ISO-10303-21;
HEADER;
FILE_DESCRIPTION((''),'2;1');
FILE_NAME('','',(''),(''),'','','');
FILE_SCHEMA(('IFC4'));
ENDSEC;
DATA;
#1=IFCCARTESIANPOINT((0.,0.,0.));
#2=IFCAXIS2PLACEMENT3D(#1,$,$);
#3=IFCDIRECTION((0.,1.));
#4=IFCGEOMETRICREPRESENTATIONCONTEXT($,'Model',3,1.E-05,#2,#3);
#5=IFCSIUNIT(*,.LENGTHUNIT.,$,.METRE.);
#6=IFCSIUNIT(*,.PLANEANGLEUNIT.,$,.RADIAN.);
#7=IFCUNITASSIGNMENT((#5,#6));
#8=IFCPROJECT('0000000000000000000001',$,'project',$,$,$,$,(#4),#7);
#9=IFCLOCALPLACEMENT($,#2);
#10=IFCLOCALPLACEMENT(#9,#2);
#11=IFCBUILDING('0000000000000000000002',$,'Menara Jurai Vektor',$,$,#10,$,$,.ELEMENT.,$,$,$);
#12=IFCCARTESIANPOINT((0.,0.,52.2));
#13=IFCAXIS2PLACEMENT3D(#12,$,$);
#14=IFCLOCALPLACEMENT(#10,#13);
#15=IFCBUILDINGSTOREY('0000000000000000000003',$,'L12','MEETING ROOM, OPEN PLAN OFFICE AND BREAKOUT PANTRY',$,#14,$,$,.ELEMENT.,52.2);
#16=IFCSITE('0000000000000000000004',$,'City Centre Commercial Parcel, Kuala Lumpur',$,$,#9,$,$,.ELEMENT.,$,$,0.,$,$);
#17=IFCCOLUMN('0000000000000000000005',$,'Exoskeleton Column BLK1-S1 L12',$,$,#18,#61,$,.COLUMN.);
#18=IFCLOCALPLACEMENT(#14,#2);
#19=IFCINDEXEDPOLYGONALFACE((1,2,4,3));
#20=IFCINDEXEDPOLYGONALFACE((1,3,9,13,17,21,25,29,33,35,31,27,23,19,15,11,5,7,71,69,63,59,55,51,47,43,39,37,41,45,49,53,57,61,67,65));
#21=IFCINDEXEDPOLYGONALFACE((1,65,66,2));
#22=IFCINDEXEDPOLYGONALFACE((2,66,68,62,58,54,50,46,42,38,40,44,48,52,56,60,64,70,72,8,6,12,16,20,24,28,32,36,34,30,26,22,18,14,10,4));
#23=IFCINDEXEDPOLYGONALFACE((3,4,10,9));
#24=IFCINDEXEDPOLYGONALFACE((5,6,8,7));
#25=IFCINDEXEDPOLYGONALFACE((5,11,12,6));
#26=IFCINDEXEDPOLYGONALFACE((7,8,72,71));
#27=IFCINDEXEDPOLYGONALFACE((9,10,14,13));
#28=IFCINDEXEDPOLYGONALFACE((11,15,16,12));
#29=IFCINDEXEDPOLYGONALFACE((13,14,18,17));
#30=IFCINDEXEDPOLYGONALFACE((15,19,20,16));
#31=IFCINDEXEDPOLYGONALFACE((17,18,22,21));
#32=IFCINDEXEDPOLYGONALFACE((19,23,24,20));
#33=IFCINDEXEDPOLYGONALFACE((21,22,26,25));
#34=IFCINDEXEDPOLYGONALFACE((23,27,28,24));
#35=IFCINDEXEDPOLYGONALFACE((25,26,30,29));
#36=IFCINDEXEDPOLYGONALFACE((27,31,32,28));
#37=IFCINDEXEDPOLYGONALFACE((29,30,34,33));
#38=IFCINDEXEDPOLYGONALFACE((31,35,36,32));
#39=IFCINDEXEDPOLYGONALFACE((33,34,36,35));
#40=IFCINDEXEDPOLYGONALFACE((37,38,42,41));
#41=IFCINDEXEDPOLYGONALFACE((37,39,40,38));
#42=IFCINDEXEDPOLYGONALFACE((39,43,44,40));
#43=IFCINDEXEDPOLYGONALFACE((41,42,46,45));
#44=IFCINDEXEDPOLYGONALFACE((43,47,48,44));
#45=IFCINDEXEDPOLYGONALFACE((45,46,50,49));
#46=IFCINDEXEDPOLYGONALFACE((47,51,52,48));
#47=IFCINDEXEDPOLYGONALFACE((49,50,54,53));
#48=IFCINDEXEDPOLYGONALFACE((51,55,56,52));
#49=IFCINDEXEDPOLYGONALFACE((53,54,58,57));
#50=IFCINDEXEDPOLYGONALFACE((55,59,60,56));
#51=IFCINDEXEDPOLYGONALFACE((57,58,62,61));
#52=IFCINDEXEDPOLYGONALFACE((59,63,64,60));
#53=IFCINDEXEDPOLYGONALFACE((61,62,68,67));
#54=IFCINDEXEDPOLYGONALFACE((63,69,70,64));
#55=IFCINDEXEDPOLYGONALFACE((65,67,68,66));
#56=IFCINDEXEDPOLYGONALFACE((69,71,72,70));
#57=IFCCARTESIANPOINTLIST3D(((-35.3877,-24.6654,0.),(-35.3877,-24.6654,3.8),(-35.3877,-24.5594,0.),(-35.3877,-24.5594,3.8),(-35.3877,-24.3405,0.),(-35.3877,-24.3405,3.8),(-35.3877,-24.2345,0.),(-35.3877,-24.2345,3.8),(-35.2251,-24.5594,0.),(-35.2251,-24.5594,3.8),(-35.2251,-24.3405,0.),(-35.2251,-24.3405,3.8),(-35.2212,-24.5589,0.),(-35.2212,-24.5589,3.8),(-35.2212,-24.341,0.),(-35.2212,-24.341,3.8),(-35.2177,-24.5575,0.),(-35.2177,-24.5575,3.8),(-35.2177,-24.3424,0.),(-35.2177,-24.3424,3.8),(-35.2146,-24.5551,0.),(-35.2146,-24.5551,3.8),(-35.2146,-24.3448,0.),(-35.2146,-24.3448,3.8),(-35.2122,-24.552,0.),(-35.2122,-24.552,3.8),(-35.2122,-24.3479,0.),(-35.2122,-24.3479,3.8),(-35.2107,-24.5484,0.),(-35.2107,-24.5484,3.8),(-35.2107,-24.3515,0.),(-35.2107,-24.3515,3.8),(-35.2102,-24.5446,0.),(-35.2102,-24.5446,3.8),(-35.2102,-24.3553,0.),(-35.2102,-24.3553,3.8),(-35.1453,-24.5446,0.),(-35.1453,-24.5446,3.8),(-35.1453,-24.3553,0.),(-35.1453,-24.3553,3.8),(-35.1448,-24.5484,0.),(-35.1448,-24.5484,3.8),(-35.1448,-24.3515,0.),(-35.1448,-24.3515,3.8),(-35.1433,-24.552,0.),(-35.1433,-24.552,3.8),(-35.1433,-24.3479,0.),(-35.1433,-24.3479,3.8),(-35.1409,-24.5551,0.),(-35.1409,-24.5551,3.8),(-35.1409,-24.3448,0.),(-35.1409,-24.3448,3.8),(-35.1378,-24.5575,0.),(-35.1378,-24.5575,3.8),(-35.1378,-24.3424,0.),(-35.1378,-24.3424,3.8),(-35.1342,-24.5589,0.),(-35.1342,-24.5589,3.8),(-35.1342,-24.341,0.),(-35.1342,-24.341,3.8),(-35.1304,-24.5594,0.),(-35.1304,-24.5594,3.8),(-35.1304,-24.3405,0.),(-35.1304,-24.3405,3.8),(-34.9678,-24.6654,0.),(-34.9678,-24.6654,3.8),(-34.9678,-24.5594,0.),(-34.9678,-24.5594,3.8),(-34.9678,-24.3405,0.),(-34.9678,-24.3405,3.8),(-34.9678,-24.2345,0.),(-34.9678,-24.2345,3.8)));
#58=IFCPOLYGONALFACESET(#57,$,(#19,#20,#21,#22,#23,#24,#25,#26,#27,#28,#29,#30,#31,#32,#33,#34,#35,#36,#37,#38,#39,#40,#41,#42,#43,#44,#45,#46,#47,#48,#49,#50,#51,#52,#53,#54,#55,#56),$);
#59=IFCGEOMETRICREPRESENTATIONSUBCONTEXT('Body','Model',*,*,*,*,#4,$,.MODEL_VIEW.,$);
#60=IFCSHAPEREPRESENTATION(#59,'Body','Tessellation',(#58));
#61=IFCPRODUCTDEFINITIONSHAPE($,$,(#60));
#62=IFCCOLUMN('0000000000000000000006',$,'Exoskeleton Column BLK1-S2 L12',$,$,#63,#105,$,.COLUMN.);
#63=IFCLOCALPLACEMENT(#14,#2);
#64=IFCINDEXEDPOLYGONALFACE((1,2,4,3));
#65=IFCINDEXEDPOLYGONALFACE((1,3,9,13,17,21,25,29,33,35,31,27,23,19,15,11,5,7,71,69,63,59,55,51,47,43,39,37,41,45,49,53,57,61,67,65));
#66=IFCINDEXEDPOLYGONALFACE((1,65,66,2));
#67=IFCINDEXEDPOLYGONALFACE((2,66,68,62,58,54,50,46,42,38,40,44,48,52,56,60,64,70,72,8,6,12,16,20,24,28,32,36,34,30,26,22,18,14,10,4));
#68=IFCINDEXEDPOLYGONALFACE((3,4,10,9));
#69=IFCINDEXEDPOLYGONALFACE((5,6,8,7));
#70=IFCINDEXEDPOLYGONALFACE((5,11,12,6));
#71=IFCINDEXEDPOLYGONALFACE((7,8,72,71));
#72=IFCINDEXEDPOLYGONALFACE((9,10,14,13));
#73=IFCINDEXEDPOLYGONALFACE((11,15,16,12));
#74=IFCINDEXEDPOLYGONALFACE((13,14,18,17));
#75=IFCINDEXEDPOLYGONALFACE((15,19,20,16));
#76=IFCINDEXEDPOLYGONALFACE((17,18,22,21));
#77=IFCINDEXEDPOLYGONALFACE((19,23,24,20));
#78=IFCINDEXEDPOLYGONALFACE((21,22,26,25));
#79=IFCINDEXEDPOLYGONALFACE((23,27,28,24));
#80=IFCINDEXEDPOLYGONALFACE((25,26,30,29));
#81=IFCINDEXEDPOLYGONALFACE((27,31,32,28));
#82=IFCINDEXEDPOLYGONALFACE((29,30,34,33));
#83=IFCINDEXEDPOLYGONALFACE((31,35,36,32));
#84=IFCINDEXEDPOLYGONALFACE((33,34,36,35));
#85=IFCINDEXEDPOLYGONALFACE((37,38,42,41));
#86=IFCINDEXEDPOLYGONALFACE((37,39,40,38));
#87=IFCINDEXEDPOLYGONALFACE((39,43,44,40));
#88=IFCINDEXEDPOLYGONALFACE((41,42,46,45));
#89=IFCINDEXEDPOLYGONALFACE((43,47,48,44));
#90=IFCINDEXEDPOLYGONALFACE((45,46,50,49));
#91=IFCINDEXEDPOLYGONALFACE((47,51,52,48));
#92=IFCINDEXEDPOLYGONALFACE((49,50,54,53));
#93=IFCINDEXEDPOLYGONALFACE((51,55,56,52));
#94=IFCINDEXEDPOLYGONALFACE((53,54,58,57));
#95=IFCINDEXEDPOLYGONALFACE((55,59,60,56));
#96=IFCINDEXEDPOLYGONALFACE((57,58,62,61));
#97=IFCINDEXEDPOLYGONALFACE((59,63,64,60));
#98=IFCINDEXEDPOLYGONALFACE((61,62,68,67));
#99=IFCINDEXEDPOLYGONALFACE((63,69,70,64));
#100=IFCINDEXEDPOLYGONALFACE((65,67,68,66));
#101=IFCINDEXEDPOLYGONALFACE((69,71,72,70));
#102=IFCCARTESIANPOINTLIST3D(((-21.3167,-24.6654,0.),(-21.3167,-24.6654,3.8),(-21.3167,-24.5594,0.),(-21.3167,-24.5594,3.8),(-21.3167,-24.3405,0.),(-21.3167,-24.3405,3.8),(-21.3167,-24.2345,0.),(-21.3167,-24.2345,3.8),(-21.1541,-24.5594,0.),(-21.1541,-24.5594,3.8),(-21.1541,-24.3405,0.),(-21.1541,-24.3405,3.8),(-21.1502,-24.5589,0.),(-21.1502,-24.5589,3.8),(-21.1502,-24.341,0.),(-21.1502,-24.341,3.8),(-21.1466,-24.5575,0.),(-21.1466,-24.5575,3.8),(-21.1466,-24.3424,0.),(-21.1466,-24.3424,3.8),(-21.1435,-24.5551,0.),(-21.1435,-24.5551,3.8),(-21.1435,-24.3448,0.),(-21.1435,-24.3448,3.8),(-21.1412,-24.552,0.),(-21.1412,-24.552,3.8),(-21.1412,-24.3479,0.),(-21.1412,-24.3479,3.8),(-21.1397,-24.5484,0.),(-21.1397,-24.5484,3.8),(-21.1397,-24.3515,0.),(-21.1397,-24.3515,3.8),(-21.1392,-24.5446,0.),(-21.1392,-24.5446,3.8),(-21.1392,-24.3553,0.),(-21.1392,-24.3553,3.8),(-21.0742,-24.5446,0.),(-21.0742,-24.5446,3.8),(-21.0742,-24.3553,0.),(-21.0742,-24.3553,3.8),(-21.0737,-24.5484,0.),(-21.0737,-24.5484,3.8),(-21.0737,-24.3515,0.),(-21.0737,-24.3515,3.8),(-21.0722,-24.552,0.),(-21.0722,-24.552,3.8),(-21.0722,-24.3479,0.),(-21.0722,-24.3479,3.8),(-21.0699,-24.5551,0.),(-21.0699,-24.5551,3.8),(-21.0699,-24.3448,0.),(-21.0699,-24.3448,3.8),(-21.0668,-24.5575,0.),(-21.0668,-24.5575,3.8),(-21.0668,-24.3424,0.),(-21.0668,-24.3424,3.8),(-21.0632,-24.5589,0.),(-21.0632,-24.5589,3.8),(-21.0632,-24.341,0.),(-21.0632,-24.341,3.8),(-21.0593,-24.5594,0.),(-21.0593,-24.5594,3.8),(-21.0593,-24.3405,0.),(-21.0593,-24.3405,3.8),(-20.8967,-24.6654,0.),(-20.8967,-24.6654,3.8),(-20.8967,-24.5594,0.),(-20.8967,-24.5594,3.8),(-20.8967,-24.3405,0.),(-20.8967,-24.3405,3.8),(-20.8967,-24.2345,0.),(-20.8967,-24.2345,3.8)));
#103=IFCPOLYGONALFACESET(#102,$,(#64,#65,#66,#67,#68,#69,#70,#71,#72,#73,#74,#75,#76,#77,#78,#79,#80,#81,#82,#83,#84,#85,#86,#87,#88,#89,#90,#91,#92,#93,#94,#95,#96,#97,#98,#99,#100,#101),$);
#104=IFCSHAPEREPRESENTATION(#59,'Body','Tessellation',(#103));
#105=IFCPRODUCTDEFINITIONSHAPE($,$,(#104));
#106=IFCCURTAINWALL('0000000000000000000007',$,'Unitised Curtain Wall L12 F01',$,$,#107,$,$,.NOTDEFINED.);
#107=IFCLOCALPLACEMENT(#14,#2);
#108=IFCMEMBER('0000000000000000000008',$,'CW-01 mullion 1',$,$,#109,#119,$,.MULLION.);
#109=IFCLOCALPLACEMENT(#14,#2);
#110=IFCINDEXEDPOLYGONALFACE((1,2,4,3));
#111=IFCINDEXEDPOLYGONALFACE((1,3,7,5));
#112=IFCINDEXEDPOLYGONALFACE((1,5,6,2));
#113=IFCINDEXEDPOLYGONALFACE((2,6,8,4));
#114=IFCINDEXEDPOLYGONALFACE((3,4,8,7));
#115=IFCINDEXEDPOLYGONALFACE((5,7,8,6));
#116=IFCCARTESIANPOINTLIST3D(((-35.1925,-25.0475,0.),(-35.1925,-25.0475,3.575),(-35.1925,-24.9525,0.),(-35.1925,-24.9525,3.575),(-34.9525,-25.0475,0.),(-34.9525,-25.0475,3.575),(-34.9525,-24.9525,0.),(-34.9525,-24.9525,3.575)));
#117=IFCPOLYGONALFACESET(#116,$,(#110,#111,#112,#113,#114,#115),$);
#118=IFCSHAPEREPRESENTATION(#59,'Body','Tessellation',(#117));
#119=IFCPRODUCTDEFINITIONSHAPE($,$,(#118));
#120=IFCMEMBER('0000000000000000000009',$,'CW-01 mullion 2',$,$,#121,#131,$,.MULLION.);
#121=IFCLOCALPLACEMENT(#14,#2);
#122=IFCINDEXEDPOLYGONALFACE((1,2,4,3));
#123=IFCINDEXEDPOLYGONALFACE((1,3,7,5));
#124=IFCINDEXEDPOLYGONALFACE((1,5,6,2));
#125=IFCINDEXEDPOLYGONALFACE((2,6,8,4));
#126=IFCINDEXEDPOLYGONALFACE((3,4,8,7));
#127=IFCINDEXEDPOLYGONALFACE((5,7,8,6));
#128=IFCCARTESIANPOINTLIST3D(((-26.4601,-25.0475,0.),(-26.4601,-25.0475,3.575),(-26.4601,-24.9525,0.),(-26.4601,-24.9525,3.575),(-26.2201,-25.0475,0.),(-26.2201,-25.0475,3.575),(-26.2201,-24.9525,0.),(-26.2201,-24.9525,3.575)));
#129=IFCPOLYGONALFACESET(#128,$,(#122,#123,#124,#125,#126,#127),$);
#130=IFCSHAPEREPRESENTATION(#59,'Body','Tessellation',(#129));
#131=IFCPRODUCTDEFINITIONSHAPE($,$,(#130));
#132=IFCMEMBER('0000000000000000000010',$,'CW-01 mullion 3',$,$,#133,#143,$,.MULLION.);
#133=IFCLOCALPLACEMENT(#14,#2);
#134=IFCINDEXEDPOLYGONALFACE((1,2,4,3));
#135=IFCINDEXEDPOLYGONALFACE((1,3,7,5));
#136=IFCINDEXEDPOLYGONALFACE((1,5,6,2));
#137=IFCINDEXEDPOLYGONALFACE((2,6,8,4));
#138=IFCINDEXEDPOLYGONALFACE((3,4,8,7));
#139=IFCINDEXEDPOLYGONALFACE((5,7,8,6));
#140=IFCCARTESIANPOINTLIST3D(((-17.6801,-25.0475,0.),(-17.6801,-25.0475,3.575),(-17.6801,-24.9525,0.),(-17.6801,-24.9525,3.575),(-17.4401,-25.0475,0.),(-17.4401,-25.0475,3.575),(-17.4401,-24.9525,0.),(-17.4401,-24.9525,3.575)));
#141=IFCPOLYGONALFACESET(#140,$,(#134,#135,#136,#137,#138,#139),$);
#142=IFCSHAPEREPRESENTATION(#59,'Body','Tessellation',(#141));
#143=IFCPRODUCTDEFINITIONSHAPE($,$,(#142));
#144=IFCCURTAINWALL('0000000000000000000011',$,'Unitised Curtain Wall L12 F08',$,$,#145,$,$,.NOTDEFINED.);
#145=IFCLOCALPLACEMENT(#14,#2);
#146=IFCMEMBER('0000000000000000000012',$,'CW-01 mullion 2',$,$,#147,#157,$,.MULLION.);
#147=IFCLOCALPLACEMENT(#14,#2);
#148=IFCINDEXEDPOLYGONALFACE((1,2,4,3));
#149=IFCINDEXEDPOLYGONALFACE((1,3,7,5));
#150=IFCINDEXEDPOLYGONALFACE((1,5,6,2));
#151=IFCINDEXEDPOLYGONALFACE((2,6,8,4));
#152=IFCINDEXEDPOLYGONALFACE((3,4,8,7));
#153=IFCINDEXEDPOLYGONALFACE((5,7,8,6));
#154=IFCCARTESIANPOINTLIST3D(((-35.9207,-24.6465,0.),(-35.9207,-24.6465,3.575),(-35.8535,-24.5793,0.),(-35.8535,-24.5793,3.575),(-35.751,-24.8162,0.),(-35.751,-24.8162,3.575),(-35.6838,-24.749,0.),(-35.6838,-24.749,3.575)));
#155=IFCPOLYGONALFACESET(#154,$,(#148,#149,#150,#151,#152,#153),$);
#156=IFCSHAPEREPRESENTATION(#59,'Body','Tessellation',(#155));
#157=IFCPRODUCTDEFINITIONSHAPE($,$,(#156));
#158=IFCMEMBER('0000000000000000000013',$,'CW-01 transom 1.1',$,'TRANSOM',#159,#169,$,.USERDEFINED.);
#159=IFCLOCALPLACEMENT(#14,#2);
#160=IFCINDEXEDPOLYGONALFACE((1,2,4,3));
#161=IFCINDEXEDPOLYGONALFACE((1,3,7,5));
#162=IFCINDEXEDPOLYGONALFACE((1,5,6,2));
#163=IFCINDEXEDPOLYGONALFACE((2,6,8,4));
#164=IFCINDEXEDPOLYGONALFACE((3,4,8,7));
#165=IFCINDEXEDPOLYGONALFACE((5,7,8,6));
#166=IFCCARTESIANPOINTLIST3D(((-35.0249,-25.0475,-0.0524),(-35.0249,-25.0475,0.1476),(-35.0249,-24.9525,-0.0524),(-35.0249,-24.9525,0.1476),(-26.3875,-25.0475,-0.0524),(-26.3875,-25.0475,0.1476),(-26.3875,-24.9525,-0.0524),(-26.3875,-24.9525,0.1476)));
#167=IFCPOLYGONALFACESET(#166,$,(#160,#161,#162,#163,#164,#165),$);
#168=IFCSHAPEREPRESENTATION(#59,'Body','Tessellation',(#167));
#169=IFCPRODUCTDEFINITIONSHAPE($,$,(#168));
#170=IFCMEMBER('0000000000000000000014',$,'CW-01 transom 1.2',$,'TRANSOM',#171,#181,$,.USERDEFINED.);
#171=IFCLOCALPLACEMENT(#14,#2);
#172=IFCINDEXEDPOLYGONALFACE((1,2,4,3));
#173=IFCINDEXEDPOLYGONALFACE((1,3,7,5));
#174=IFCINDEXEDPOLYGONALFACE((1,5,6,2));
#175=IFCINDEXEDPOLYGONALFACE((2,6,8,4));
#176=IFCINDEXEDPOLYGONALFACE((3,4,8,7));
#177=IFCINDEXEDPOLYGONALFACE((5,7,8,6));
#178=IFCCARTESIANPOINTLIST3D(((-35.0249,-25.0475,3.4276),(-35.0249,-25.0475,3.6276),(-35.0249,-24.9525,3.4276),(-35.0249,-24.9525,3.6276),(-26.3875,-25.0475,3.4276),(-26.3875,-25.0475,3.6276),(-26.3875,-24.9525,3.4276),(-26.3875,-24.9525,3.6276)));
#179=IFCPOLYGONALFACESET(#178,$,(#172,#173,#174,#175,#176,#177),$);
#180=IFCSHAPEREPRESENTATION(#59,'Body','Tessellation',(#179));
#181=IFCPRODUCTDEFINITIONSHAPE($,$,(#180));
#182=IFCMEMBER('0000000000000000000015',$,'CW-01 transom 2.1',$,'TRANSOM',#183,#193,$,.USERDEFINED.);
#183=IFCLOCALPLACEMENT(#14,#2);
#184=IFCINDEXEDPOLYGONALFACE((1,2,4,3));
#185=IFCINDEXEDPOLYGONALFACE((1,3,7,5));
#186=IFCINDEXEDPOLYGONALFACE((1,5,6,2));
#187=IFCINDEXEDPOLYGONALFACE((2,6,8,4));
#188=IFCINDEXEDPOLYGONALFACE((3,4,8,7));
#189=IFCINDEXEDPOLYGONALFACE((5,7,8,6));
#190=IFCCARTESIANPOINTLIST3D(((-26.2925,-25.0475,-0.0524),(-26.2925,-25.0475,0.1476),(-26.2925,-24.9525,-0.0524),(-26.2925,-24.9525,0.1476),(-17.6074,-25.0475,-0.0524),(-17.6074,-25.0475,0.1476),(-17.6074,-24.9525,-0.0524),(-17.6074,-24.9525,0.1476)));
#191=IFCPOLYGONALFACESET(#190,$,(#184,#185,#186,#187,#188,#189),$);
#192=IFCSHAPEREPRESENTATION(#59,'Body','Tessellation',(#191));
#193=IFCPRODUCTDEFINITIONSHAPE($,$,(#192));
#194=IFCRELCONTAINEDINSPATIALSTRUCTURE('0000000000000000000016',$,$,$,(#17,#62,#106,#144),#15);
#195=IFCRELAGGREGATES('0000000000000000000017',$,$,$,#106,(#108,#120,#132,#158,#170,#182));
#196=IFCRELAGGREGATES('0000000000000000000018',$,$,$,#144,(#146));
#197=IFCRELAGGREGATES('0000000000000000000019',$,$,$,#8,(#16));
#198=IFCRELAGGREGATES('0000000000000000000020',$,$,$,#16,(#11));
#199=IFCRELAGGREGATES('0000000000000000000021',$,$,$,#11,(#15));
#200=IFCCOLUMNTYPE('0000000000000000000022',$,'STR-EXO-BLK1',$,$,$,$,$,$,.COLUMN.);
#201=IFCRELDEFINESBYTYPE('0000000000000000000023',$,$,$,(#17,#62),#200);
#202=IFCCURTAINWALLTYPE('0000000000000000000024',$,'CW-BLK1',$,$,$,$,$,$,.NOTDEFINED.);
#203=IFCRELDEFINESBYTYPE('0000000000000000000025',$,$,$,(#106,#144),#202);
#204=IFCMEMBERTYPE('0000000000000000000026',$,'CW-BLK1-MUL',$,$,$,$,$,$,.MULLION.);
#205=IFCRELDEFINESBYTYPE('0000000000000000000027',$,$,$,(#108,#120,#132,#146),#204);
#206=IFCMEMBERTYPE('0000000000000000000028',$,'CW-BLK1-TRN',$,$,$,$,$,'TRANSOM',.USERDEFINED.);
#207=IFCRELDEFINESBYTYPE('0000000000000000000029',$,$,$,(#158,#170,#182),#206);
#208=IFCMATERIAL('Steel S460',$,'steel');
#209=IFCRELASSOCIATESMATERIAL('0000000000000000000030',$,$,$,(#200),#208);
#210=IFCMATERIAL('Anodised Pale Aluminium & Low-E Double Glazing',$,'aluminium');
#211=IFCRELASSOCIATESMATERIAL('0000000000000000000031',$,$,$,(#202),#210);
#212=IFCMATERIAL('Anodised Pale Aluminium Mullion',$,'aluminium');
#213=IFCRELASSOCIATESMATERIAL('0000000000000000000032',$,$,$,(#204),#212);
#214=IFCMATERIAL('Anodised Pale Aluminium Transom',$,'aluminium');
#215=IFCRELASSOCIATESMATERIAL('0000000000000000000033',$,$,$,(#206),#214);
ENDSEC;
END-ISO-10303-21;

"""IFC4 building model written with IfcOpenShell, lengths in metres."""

from ifc_helpers import new_model, si_unit, direction, frame, origin, origin_2d, place, context, subcontext, project, spatial, rectangle, i_section, extrude, material, material_profile, profile_set, type_object, element, aggregate, save


model = new_model("IFC4")

# Units and contexts
model_context = context("Model", 3, precision=1e-05, world=origin(), true_north=direction((0.0, 1.0)))
body_context = subcontext(model_context, "Body", "Model", "MODEL_VIEW")
ifc_project = project(units=[si_unit("LENGTHUNIT", "METRE"), si_unit("PLANEANGLEUNIT", "RADIAN")], contexts=[model_context])

# Site, building, storey
site_placement = place(None, origin())
site = spatial("IfcSite", under=ifc_project, at=site_placement, Name="City Centre Commercial Parcel, Kuala Lumpur", CompositionType="ELEMENT", RefElevation=0.0)
building_placement = place(site_placement, origin())
building = spatial("IfcBuilding", under=site, at=building_placement, Name="Menara Jurai Vektor", CompositionType="ELEMENT")
storey_placement = place(building_placement, frame((0.0, 0.0, 52.2)))
storey = spatial("IfcBuildingStorey", under=building, at=storey_placement, Name="L12", Description="MEETING ROOM, OPEN PLAN OFFICE AND BREAKOUT PANTRY", CompositionType="ELEMENT", Elevation=52.2)

# Columns
ifc_material_1 = material(Name="Steel S460", Category="steel")
ifc_material_profile_1 = material_profile(ifc_material_1, i_section(OverallWidth=0.4199, OverallDepth=0.4309, WebThickness=0.0649, FlangeThickness=0.106, FilletRadius=0.0149, at=origin_2d()), Name="HD 400x900")
ifc_profile_set_1 = profile_set([ifc_material_profile_1], Name="Steel S460")
column_type = type_object("IfcColumnType", Name="STR-EXO-BLK1", PredefinedType="COLUMN", material=ifc_profile_set_1)
for number, where, z_axis, x_axis, name in (
    (1, (-35.1777, -24.45, 0.0), (0.0, 0.0, 1.0), (1.0, 0.0, 0.0), "Exoskeleton Column BLK1-S1 L12"),
    (2, (-21.1067, -24.45, 0.0), (0.0, 0.0, 1.0), (1.0, 0.0, 0.0), "Exoskeleton Column BLK1-S2 L12"),
):
    element("IfcColumn", number, at=place(storey_placement, frame(where, z_axis=z_axis, x_axis=x_axis)), inside=storey, type_object=column_type, Name=name, PredefinedType="COLUMN", context=body_context, shape_type="SweptSolid", body=[
        extrude(i_section(OverallWidth=0.4199, OverallDepth=0.4309, WebThickness=0.0649, FlangeThickness=0.106, FilletRadius=0.0149, at=origin_2d()), origin(), (0.0, 0.0, 1.0), 3.8),
    ])

# Curtain wall, members
ifc_material_2 = material(Name="Anodised Pale Aluminium & Low-E Double Glazing", Category="aluminium")
curtain_wall_type = type_object("IfcCurtainWallType", Name="CW-BLK1", PredefinedType="NOTDEFINED", material=ifc_material_2)
curtain_wall_1_placement = place(storey_placement, origin())
curtain_wall_1 = element("IfcCurtainWall", 3, at=curtain_wall_1_placement, inside=storey, type_object=curtain_wall_type, Name="Unitised Curtain Wall L12 F01", PredefinedType="NOTDEFINED")
ifc_material_3 = material(Name="Anodised Pale Aluminium Mullion", Category="aluminium")
ifc_material_profile_2 = material_profile(ifc_material_3, rectangle(XDim=0.095, YDim=0.24, at=origin_2d()), Name="ALU MUL 95x240")
ifc_profile_set_2 = profile_set([ifc_material_profile_2], Name="Anodised Pale Aluminium Mullion")
member_type_1 = type_object("IfcMemberType", Name="CW-BLK1-MUL", PredefinedType="MULLION", material=ifc_profile_set_2)
member_1_placement = place(storey_placement, frame((-35.0725, -25.0, 0.0), z_axis=(0.0, 0.0, 1.0), x_axis=(0.0, 1.0, 0.0)))
member_1 = element("IfcMember", 4, at=member_1_placement, type_object=member_type_1, Name="CW-01 mullion 1", PredefinedType="MULLION", context=body_context, shape_type="SweptSolid", body=[
    extrude(rectangle(XDim=0.095, YDim=0.24, at=origin_2d()), origin(), (0.0, 0.0, 1.0), 3.575),
])
member_2_placement = place(storey_placement, frame((-26.3401, -25.0, 0.0), z_axis=(0.0, 0.0, 1.0), x_axis=(0.0, 1.0, 0.0)))
member_2 = element("IfcMember", 5, at=member_2_placement, type_object=member_type_1, Name="CW-01 mullion 2", PredefinedType="MULLION", context=body_context, shape_type="SweptSolid", body=[
    extrude(rectangle(XDim=0.095, YDim=0.24, at=origin_2d()), origin(), (0.0, 0.0, 1.0), 3.575),
])
member_3_placement = place(storey_placement, frame((-17.5601, -25.0, 0.0), z_axis=(0.0, 0.0, 1.0), x_axis=(0.0, 1.0, 0.0)))
member_3 = element("IfcMember", 6, at=member_3_placement, type_object=member_type_1, Name="CW-01 mullion 3", PredefinedType="MULLION", context=body_context, shape_type="SweptSolid", body=[
    extrude(rectangle(XDim=0.095, YDim=0.24, at=origin_2d()), origin(), (0.0, 0.0, 1.0), 3.575),
])

# Curtain wall, member
curtain_wall_2_placement = place(storey_placement, origin())
curtain_wall_2 = element("IfcCurtainWall", 7, at=curtain_wall_2_placement, inside=storey, type_object=curtain_wall_type, Name="Unitised Curtain Wall L12 F08", PredefinedType="NOTDEFINED")
member_4_placement = place(storey_placement, frame((-35.8022, -24.6978, 0.0), z_axis=(0.0, 0.0, 1.0), x_axis=(0.707107, 0.707107, 0.0)))
member_4 = element("IfcMember", 8, at=member_4_placement, type_object=member_type_1, Name="CW-01 mullion 2", PredefinedType="MULLION", context=body_context, shape_type="SweptSolid", body=[
    extrude(rectangle(XDim=0.095, YDim=0.24, at=origin_2d()), origin(), (0.0, 0.0, 1.0), 3.575),
])

# Members
ifc_material_4 = material(Name="Anodised Pale Aluminium Transom", Category="aluminium")
ifc_material_profile_3 = material_profile(ifc_material_4, rectangle(XDim=0.095, YDim=0.2, at=origin_2d()), Name="ALU TRN 95x200")
ifc_profile_set_3 = profile_set([ifc_material_profile_3], Name="Anodised Pale Aluminium Transom")
member_type_2 = type_object("IfcMemberType", Name="CW-BLK1-TRN", ElementType="TRANSOM", PredefinedType="USERDEFINED", material=ifc_profile_set_3)
member_5_placement = place(storey_placement, frame((-35.0249, -25.0, 0.0476), z_axis=(1.0, 0.0, 0.0), x_axis=(0.0, 1.0, 0.0)))
member_5 = element("IfcMember", 9, at=member_5_placement, type_object=member_type_2, Name="CW-01 transom 1.1", ObjectType="TRANSOM", PredefinedType="USERDEFINED", context=body_context, shape_type="SweptSolid", body=[
    extrude(rectangle(XDim=0.095, YDim=0.2, at=origin_2d()), origin(), (0.0, 0.0, 1.0), 8.6375),
])
member_6_placement = place(storey_placement, frame((-35.0249, -25.0, 3.5276), z_axis=(1.0, 0.0, 0.0), x_axis=(0.0, 1.0, 0.0)))
member_6 = element("IfcMember", 10, at=member_6_placement, type_object=member_type_2, Name="CW-01 transom 1.2", ObjectType="TRANSOM", PredefinedType="USERDEFINED", context=body_context, shape_type="SweptSolid", body=[
    extrude(rectangle(XDim=0.095, YDim=0.2, at=origin_2d()), origin(), (0.0, 0.0, 1.0), 8.6375),
])
member_7_placement = place(storey_placement, frame((-26.2925, -25.0, 0.0476), z_axis=(1.0, 0.0, 0.0), x_axis=(0.0, 1.0, 0.0)))
member_7 = element("IfcMember", 11, at=member_7_placement, type_object=member_type_2, Name="CW-01 transom 2.1", ObjectType="TRANSOM", PredefinedType="USERDEFINED", context=body_context, shape_type="SweptSolid", body=[
    extrude(rectangle(XDim=0.095, YDim=0.2, at=origin_2d()), origin(), (0.0, 0.0, 1.0), 8.6851),
])

aggregate(curtain_wall_1, [member_1, member_2, member_3, member_5, member_6, member_7])
aggregate(curtain_wall_2, [member_4])

save(model, "model.ifc")
